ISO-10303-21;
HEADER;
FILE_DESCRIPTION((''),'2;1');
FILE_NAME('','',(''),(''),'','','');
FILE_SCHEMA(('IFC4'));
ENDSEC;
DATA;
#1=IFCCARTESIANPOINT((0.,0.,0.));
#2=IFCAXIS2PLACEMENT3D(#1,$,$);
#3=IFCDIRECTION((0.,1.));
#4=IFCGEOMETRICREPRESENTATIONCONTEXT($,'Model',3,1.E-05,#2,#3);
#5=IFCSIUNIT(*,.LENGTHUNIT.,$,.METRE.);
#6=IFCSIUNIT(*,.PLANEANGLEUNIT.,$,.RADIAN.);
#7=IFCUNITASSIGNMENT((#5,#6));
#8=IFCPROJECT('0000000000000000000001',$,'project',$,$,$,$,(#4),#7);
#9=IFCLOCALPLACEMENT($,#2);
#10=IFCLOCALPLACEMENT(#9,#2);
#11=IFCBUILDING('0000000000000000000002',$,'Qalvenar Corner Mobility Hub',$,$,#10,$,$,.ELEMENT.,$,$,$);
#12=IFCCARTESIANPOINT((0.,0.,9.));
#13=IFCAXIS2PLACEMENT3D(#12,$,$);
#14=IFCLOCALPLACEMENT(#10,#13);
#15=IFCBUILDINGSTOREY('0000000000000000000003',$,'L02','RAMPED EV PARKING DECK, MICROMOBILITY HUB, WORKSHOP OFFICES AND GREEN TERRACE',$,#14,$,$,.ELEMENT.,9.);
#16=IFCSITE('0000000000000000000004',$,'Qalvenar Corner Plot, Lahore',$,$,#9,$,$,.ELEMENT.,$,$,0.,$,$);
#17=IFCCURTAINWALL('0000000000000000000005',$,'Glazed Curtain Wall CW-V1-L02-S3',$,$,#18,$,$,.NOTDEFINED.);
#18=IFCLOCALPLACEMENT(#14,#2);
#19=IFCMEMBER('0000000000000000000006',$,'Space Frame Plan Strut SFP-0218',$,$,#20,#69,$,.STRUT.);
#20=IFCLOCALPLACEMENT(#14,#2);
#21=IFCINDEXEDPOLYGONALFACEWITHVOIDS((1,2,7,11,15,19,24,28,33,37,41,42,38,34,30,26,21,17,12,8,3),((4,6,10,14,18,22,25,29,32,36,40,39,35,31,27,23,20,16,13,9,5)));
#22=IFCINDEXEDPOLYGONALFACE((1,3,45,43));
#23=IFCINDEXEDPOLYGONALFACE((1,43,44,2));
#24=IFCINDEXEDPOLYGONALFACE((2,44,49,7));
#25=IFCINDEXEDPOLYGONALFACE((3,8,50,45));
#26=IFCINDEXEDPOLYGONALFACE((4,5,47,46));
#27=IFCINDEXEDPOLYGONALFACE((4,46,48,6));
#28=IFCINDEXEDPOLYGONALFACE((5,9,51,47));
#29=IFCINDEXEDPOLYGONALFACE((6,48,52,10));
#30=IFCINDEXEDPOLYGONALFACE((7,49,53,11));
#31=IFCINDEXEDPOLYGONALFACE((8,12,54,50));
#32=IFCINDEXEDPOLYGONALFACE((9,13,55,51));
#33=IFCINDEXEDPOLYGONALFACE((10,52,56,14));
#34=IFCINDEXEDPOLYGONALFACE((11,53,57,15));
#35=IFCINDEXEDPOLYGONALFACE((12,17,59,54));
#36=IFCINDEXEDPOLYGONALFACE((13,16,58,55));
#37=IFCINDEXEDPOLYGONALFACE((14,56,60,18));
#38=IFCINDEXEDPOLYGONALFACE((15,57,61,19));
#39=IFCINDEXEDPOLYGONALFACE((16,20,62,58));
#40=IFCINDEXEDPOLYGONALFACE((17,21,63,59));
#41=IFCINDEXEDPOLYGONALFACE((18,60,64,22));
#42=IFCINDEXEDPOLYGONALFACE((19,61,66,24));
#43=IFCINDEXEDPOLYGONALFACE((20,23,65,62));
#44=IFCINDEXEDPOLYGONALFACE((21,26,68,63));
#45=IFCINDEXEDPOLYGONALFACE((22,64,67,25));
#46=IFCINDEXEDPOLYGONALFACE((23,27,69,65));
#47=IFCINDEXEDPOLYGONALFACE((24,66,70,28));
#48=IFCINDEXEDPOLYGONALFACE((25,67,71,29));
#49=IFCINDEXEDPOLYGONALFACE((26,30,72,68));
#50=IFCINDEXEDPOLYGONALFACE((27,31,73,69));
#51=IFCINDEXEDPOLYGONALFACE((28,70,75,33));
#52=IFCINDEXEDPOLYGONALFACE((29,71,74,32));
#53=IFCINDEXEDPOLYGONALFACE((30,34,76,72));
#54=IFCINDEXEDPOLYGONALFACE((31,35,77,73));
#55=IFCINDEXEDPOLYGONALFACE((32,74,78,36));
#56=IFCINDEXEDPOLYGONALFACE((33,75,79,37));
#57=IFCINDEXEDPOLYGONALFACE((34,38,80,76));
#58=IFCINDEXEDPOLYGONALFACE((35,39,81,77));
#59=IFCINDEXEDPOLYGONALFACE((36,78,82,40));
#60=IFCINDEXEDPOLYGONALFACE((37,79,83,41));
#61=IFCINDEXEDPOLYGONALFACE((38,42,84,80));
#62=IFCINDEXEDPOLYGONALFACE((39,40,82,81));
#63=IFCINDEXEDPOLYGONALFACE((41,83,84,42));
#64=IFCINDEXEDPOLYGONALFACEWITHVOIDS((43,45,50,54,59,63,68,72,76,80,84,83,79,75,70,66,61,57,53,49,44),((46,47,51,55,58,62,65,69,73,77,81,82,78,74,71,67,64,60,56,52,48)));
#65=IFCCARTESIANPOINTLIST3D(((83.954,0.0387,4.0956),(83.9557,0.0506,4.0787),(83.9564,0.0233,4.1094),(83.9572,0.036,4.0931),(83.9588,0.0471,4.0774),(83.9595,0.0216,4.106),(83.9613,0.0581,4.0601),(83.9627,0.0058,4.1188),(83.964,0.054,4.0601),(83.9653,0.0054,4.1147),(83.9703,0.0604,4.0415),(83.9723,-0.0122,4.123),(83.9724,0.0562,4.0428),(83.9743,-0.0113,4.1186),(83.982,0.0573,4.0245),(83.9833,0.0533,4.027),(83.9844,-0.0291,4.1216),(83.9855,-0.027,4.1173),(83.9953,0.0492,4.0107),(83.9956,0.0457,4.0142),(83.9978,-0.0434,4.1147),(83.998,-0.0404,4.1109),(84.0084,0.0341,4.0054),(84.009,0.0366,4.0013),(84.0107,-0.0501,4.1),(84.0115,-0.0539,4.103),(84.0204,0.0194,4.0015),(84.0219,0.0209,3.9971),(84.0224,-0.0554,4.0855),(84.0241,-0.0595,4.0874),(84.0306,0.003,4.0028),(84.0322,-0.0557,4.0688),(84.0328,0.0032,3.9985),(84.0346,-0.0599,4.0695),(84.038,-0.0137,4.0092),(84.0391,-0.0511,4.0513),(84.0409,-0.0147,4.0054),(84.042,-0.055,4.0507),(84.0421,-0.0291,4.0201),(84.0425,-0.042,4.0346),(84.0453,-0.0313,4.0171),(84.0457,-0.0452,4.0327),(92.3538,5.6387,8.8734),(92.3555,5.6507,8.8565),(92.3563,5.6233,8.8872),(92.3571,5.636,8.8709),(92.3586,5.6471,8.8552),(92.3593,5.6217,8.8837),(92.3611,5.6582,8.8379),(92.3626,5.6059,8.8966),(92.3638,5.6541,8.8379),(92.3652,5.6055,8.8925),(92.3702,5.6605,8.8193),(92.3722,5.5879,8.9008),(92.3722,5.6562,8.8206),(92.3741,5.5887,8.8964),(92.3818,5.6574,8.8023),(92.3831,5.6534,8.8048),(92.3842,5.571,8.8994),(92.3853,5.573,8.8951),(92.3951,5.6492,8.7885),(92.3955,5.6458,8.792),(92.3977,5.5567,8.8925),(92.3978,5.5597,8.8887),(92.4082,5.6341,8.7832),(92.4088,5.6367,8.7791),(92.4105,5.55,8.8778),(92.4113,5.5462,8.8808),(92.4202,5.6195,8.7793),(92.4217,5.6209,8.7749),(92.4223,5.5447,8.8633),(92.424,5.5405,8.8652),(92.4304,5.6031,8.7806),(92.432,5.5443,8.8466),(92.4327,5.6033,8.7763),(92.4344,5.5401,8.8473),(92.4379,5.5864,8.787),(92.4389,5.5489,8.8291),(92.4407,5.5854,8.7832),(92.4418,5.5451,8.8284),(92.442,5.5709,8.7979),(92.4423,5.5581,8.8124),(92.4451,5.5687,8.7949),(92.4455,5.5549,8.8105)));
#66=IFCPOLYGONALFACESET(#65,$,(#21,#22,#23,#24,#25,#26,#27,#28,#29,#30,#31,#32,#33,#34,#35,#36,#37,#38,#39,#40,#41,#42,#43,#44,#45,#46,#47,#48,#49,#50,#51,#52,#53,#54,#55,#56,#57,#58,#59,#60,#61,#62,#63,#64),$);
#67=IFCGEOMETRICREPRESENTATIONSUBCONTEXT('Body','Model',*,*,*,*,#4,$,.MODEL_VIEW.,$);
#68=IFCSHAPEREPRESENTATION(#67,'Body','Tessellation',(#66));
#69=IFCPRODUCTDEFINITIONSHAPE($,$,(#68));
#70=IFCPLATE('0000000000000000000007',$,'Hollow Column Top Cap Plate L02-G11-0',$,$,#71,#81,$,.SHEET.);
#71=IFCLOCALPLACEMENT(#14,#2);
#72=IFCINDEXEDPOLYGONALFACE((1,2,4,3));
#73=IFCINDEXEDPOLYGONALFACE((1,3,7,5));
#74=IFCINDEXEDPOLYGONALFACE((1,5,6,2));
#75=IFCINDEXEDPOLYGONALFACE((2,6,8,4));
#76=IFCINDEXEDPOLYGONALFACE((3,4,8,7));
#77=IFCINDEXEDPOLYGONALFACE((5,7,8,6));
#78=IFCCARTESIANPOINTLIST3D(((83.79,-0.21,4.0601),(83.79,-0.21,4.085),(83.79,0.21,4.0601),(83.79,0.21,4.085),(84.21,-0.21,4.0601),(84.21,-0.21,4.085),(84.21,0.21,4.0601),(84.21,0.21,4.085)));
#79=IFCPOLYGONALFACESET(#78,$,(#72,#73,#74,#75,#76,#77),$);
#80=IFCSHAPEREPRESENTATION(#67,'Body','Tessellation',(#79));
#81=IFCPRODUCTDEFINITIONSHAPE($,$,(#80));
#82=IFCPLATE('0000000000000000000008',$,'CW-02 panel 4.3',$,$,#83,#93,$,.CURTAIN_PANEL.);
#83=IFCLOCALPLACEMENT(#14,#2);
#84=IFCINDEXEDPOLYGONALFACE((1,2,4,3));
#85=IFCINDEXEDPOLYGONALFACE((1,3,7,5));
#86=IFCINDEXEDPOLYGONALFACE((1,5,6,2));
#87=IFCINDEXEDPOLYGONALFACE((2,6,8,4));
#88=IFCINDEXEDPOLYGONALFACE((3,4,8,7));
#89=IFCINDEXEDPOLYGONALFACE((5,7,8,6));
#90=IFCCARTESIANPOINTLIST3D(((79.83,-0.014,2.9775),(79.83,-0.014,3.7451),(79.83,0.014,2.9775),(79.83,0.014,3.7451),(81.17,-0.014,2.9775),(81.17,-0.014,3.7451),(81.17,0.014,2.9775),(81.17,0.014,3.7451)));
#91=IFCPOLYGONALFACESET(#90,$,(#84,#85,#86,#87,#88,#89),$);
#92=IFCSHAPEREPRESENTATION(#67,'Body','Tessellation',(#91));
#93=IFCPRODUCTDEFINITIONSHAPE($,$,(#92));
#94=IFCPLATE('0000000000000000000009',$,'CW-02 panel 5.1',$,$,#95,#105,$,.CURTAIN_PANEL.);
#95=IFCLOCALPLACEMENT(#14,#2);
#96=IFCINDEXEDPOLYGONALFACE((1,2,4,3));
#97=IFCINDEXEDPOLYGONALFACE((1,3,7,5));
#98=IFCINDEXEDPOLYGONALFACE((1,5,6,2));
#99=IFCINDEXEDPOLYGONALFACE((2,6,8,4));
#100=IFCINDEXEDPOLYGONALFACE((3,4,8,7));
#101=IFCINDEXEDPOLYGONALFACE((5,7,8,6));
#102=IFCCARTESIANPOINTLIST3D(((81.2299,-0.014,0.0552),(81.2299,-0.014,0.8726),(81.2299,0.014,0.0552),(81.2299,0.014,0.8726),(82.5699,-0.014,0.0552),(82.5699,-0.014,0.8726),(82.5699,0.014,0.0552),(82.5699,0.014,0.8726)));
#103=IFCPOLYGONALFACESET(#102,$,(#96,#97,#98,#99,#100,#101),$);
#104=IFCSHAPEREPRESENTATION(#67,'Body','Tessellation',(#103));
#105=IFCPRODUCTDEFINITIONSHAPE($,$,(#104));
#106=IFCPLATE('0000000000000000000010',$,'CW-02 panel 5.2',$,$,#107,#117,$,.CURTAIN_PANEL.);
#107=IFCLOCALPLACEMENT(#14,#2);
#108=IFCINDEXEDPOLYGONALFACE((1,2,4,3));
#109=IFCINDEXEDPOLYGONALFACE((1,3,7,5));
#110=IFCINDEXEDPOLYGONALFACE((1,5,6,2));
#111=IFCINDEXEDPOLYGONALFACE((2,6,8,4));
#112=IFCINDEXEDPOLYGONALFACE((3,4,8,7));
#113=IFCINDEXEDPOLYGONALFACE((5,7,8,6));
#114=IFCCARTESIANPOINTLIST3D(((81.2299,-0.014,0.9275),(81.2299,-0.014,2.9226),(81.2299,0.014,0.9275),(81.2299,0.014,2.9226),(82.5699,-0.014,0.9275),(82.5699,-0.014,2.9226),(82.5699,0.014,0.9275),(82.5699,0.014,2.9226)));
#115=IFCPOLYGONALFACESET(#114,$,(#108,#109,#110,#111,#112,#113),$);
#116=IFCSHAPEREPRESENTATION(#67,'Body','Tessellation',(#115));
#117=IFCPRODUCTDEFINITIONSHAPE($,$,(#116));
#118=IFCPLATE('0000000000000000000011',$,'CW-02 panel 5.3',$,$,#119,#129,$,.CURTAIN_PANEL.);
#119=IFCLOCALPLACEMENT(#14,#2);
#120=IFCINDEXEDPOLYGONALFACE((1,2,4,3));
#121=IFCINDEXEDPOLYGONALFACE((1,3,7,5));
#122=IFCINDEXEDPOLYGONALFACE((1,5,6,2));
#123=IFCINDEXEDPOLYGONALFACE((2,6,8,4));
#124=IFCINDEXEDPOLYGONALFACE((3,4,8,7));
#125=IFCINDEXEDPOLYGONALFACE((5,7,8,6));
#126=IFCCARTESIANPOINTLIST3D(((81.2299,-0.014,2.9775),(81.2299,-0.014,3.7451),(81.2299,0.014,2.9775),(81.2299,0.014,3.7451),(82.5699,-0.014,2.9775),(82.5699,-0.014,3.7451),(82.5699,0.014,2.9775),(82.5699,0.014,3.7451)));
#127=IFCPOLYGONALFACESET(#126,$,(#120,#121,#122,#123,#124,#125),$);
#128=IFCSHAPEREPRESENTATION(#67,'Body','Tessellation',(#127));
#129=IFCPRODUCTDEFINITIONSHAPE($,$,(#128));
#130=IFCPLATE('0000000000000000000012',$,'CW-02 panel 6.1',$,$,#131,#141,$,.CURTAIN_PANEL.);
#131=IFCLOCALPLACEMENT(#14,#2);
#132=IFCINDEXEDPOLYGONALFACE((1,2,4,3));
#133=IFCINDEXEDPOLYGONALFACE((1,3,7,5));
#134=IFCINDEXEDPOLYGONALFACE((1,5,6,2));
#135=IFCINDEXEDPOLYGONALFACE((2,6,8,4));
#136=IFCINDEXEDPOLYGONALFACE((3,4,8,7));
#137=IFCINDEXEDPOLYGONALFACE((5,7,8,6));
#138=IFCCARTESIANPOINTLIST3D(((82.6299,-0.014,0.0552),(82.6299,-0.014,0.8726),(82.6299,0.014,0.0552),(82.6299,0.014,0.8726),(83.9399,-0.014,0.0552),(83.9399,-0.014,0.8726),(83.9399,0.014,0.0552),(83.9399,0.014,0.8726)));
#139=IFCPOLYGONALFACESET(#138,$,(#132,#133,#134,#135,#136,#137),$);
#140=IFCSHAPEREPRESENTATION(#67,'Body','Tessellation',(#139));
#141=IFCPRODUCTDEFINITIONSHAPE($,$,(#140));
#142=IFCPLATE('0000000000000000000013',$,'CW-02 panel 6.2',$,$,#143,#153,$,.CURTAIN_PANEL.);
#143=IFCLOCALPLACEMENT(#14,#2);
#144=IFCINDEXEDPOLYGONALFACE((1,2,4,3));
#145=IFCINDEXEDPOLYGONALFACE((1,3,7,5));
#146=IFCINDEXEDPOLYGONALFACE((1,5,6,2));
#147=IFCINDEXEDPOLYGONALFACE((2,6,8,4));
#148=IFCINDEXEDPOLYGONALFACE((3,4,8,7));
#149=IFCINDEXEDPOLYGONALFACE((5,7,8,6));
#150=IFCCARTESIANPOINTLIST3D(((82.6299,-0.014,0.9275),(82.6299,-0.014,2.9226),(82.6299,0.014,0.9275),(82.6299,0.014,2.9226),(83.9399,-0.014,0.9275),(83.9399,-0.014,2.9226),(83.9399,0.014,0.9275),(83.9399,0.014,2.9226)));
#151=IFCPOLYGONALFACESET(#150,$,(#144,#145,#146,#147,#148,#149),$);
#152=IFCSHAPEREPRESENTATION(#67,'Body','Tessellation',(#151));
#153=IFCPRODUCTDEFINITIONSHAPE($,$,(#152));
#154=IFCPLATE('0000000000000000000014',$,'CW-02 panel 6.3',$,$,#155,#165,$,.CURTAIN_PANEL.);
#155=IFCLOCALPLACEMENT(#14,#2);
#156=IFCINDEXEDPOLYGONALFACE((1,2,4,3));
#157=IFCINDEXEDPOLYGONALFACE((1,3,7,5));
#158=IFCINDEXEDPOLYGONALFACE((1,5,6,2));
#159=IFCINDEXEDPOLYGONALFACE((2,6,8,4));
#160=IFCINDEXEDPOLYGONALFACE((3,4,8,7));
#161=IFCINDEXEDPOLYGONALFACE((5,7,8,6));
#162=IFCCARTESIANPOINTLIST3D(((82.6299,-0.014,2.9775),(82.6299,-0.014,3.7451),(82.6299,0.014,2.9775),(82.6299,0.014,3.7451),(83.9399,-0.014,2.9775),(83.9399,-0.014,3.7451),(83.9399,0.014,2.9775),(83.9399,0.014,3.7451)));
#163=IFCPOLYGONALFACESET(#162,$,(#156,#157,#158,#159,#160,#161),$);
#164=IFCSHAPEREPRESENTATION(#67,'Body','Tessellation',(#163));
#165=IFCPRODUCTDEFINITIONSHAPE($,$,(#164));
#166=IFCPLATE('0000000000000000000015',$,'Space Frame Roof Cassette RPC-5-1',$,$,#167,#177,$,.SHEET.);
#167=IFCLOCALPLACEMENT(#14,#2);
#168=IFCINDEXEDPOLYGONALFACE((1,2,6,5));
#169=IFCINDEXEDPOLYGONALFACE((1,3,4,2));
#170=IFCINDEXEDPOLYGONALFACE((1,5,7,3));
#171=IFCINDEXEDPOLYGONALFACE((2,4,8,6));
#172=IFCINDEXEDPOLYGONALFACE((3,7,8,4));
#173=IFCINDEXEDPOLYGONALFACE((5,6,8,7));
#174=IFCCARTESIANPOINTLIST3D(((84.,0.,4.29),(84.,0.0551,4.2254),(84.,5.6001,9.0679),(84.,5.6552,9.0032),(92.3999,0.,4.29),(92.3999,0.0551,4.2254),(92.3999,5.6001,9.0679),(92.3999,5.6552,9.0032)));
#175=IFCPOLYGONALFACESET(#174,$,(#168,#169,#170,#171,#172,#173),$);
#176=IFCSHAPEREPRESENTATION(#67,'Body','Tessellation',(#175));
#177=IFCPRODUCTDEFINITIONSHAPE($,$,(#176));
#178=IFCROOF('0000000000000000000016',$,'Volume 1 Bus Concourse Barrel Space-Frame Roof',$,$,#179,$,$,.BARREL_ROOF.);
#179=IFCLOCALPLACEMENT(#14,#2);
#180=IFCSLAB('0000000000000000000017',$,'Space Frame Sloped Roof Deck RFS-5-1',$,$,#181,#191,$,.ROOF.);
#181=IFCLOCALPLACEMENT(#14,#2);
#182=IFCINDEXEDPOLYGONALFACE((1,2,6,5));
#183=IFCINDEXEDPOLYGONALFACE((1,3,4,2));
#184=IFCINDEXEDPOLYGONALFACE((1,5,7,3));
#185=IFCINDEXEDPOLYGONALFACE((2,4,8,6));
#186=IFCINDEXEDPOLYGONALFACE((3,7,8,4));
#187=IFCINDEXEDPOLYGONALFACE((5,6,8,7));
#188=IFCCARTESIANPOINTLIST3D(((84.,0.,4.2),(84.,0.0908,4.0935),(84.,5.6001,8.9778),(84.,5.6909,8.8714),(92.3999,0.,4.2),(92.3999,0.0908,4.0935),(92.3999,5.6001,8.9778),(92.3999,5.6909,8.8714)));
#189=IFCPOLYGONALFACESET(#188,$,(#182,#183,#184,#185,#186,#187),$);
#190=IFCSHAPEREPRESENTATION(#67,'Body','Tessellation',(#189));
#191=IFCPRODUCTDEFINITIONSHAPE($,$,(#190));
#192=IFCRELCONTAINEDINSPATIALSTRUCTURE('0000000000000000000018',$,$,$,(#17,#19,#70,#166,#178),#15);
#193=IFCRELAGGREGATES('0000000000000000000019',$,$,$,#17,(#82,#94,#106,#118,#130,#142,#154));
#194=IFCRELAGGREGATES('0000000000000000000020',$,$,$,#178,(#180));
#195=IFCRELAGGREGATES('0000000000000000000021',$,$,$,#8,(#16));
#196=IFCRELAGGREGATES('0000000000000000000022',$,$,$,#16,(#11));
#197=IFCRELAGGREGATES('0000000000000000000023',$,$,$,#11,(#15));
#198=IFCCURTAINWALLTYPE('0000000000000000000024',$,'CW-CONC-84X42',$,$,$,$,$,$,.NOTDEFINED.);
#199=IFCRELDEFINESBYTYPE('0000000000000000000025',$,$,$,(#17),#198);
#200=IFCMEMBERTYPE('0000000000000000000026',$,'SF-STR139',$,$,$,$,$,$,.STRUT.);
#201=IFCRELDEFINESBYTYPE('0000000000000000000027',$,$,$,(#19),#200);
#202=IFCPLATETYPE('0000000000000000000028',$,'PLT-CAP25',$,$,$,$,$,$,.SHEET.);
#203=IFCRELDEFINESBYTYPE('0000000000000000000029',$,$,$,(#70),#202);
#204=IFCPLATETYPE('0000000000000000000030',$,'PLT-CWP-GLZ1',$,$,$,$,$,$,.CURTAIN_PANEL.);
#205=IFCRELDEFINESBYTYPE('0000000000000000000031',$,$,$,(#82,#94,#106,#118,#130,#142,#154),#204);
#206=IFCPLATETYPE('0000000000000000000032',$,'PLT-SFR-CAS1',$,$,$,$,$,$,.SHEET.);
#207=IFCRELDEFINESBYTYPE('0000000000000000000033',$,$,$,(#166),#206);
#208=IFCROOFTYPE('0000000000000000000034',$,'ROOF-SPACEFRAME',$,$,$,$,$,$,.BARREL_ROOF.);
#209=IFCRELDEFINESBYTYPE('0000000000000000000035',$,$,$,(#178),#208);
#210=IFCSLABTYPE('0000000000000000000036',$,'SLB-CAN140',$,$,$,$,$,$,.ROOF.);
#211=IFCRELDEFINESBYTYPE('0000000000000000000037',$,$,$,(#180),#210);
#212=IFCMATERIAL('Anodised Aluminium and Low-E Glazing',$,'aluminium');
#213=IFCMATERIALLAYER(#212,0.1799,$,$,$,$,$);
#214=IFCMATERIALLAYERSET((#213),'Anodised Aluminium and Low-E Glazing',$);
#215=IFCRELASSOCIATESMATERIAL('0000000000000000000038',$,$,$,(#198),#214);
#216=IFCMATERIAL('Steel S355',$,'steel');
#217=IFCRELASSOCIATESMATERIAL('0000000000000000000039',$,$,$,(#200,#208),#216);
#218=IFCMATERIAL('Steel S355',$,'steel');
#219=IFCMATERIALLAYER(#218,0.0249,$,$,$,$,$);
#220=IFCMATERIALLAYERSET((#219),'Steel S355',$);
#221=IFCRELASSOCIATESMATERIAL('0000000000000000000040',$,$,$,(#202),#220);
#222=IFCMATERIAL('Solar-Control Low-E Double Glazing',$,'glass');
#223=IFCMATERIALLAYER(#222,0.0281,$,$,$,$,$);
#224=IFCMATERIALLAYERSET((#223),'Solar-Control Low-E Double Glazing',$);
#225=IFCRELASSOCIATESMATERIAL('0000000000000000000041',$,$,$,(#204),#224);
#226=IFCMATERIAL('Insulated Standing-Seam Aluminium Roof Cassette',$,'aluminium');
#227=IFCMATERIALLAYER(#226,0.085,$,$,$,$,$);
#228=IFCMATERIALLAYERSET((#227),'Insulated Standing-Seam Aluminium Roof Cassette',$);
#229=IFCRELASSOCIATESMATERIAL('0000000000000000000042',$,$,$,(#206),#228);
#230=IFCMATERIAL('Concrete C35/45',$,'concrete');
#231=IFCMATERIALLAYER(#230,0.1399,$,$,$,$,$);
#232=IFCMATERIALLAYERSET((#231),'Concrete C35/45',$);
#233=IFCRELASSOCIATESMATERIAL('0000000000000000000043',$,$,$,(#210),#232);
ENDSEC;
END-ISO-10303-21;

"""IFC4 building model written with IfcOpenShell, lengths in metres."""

from ifc_helpers import new_model, si_unit, direction, frame, origin, origin_2d, place, context, subcontext, project, spatial, polyline, rectangle, hollow_circle, outline, extrude, material, layer, layer_set, material_profile, profile_set, type_object, element, aggregate, save


model = new_model("IFC4")

# Units and contexts
model_context = context("Model", 3, precision=1e-05, world=origin(), true_north=direction((0.0, 1.0)))
body_context = subcontext(model_context, "Body", "Model", "MODEL_VIEW")
ifc_project = project(units=[si_unit("LENGTHUNIT", "METRE"), si_unit("PLANEANGLEUNIT", "RADIAN")], contexts=[model_context])

# Site, building, storey
site_placement = place(None, origin())
site = spatial("IfcSite", under=ifc_project, at=site_placement, Name="Qalvenar Corner Plot, Lahore", CompositionType="ELEMENT", RefElevation=0.0)
building_placement = place(site_placement, origin())
building = spatial("IfcBuilding", under=site, at=building_placement, Name="Qalvenar Corner Mobility Hub", CompositionType="ELEMENT")
storey_placement = place(building_placement, frame((0.0, 0.0, 9.0)))
storey = spatial("IfcBuildingStorey", under=building, at=storey_placement, Name="L02", Description="RAMPED EV PARKING DECK, MICROMOBILITY HUB, WORKSHOP OFFICES AND GREEN TERRACE", CompositionType="ELEMENT", Elevation=9.0)

# Curtain wall
ifc_material_1 = material(Name="Anodised Aluminium and Low-E Glazing", Category="aluminium")
ifc_layer_1 = layer(ifc_material_1, 0.1799)
ifc_layer_set_1 = layer_set([ifc_layer_1], Name="Anodised Aluminium and Low-E Glazing")
curtain_wall_type = type_object("IfcCurtainWallType", Name="CW-CONC-84X42", PredefinedType="NOTDEFINED", material=ifc_layer_set_1)
curtain_wall_1_placement = place(storey_placement, origin())
curtain_wall_1 = element("IfcCurtainWall", 1, at=curtain_wall_1_placement, inside=storey, type_object=curtain_wall_type, Name="Glazed Curtain Wall CW-V1-L02-S3", PredefinedType="NOTDEFINED")

# Member
ifc_material_2 = material(Name="Steel S355", Category="steel")
ifc_material_profile_1 = material_profile(ifc_material_2, hollow_circle(Radius=0.0698, WallThickness=0.0049, at=origin_2d()), Name="CHS139.7x5")
ifc_profile_set_1 = profile_set([ifc_material_profile_1], Name="Steel S355")
member_type_1 = type_object("IfcMemberType", Name="SF-STR139", PredefinedType="STRUT", material=ifc_profile_set_1)
member_1_placement = place(storey_placement, frame((84.0, 0.0, 4.0601), z_axis=(0.752071, 0.501395, 0.427775), x_axis=(-0.554711, 0.832043, 0.0)))
element("IfcMember", 2, at=member_1_placement, inside=storey, type_object=member_type_1, Name="Space Frame Plan Strut SFP-0218", PredefinedType="STRUT", context=body_context, shape_type="SweptSolid", body=[
    extrude(hollow_circle(Radius=0.0698, WallThickness=0.0049, at=origin_2d()), origin(), (0.0, 0.0, 1.0), 11.1689),
])

# Plates
ifc_material_3 = material(Name="Steel S355", Category="steel")
ifc_layer_2 = layer(ifc_material_3, 0.0249)
ifc_layer_set_2 = layer_set([ifc_layer_2], Name="Steel S355")
plate_type_1 = type_object("IfcPlateType", Name="PLT-CAP25", PredefinedType="SHEET", material=ifc_layer_set_2)
plate_1_placement = place(storey_placement, frame((84.0, 0.0, 4.0601), z_axis=(0.0, 0.0, 1.0), x_axis=(1.0, 0.0, 0.0)))
element("IfcPlate", 3, at=plate_1_placement, inside=storey, type_object=plate_type_1, Name="Hollow Column Top Cap Plate L02-G11-0", PredefinedType="SHEET", context=body_context, shape_type="SweptSolid", body=[
    extrude(rectangle(XDim=0.4199, YDim=0.4199, at=origin_2d()), origin(), (0.0, 0.0, 1.0), 0.0249),
])
ifc_material_4 = material(Name="Solar-Control Low-E Double Glazing", Category="glass")
ifc_layer_3 = layer(ifc_material_4, 0.0281)
ifc_layer_set_3 = layer_set([ifc_layer_3], Name="Solar-Control Low-E Double Glazing")
plate_type_2 = type_object("IfcPlateType", Name="PLT-CWP-GLZ1", PredefinedType="CURTAIN_PANEL", material=ifc_layer_set_3)
plate_2_placement = place(storey_placement, frame((80.5, 0.0, 2.9775), z_axis=(0.0, 0.0, 1.0), x_axis=(1.0, 0.0, 0.0)))
plate_2 = element("IfcPlate", 4, at=plate_2_placement, type_object=plate_type_2, Name="CW-02 panel 4.3", PredefinedType="CURTAIN_PANEL", context=body_context, shape_type="SweptSolid", body=[
    extrude(rectangle(XDim=1.3401, YDim=0.0281, at=origin_2d()), origin(), (0.0, 0.0, 1.0), 0.7676),
])
plate_3_placement = place(storey_placement, frame((81.8999, 0.0, 0.0552), z_axis=(0.0, 0.0, 1.0), x_axis=(1.0, 0.0, 0.0)))
plate_3 = element("IfcPlate", 5, at=plate_3_placement, type_object=plate_type_2, Name="CW-02 panel 5.1", PredefinedType="CURTAIN_PANEL", context=body_context, shape_type="SweptSolid", body=[
    extrude(rectangle(XDim=1.3401, YDim=0.0281, at=origin_2d()), origin(), (0.0, 0.0, 1.0), 0.8174),
])
plate_4_placement = place(storey_placement, frame((81.8999, 0.0, 0.9275), z_axis=(0.0, 0.0, 1.0), x_axis=(1.0, 0.0, 0.0)))
plate_4 = element("IfcPlate", 6, at=plate_4_placement, type_object=plate_type_2, Name="CW-02 panel 5.2", PredefinedType="CURTAIN_PANEL", context=body_context, shape_type="SweptSolid", body=[
    extrude(rectangle(XDim=1.3401, YDim=0.0281, at=origin_2d()), origin(), (0.0, 0.0, 1.0), 1.9951),
])
plate_5_placement = place(storey_placement, frame((81.8999, 0.0, 2.9775), z_axis=(0.0, 0.0, 1.0), x_axis=(1.0, 0.0, 0.0)))
plate_5 = element("IfcPlate", 7, at=plate_5_placement, type_object=plate_type_2, Name="CW-02 panel 5.3", PredefinedType="CURTAIN_PANEL", context=body_context, shape_type="SweptSolid", body=[
    extrude(rectangle(XDim=1.3401, YDim=0.0281, at=origin_2d()), origin(), (0.0, 0.0, 1.0), 0.7676),
])
plate_6_placement = place(storey_placement, frame((83.2849, 0.0, 0.0552), z_axis=(0.0, 0.0, 1.0), x_axis=(1.0, 0.0, 0.0)))
plate_6 = element("IfcPlate", 8, at=plate_6_placement, type_object=plate_type_2, Name="CW-02 panel 6.1", PredefinedType="CURTAIN_PANEL", context=body_context, shape_type="SweptSolid", body=[
    extrude(rectangle(XDim=1.3101, YDim=0.0281, at=origin_2d()), origin(), (0.0, 0.0, 1.0), 0.8174),
])
plate_7_placement = place(storey_placement, frame((83.2849, 0.0, 0.9275), z_axis=(0.0, 0.0, 1.0), x_axis=(1.0, 0.0, 0.0)))
plate_7 = element("IfcPlate", 9, at=plate_7_placement, type_object=plate_type_2, Name="CW-02 panel 6.2", PredefinedType="CURTAIN_PANEL", context=body_context, shape_type="SweptSolid", body=[
    extrude(rectangle(XDim=1.3101, YDim=0.0281, at=origin_2d()), origin(), (0.0, 0.0, 1.0), 1.9951),
])
plate_8_placement = place(storey_placement, frame((83.2849, 0.0, 2.9775), z_axis=(0.0, 0.0, 1.0), x_axis=(1.0, 0.0, 0.0)))
plate_8 = element("IfcPlate", 10, at=plate_8_placement, type_object=plate_type_2, Name="CW-02 panel 6.3", PredefinedType="CURTAIN_PANEL", context=body_context, shape_type="SweptSolid", body=[
    extrude(rectangle(XDim=1.3101, YDim=0.0281, at=origin_2d()), origin(), (0.0, 0.0, 1.0), 0.7676),
])
aggregate(curtain_wall_1, [plate_2, plate_3, plate_4, plate_5, plate_6, plate_7, plate_8])
ifc_material_5 = material(Name="Insulated Standing-Seam Aluminium Roof Cassette", Category="aluminium")
ifc_layer_4 = layer(ifc_material_5, 0.085)
ifc_layer_set_4 = layer_set([ifc_layer_4], Name="Insulated Standing-Seam Aluminium Roof Cassette")
plate_type_3 = type_object("IfcPlateType", Name="PLT-SFR-CAS1", PredefinedType="SHEET", material=ifc_layer_set_4)
plate_9_placement = place(storey_placement, frame((84.0, 0.0, 4.29), z_axis=(0.0, -0.649047, 0.760748), x_axis=(1.0, 0.0, 0.0)))
element("IfcPlate", 11, at=plate_9_placement, inside=storey, type_object=plate_type_3, Name="Space Frame Roof Cassette RPC-5-1", PredefinedType="SHEET", context=body_context, shape_type="SweptSolid", body=[
    extrude(outline(polyline([(0.0, 0.0), (8.3999, 0.0), (8.3999, 7.3613), (0.0, 7.3613), (0.0, 0.0)])), origin(), (0.0, 0.0, -1.0), 0.085),
])

# Roof, slab
roof_type = type_object("IfcRoofType", Name="ROOF-SPACEFRAME", PredefinedType="BARREL_ROOF", material=ifc_material_2)
roof_placement = place(storey_placement, origin())
roof = element("IfcRoof", 12, at=roof_placement, inside=storey, type_object=roof_type, Name="Volume 1 Bus Concourse Barrel Space-Frame Roof", PredefinedType="BARREL_ROOF")
ifc_material_6 = material(Name="Concrete C35/45", Category="concrete")
ifc_layer_5 = layer(ifc_material_6, 0.1399)
ifc_layer_set_5 = layer_set([ifc_layer_5], Name="Concrete C35/45")
slab_type = type_object("IfcSlabType", Name="SLB-CAN140", PredefinedType="ROOF", material=ifc_layer_set_5)
slab_placement = place(storey_placement, frame((84.0, 0.0, 4.2), z_axis=(0.0, -0.649047, 0.760748), x_axis=(1.0, 0.0, 0.0)))
slab = element("IfcSlab", 13, at=slab_placement, type_object=slab_type, Name="Space Frame Sloped Roof Deck RFS-5-1", PredefinedType="ROOF", context=body_context, shape_type="SweptSolid", body=[
    extrude(outline(polyline([(0.0, 0.0), (8.3999, 0.0), (8.3999, 7.3613), (0.0, 7.3613), (0.0, 0.0)])), origin(), (0.0, 0.0, -1.0), 0.1399),
])
aggregate(roof, [slab])

save(model, "model.ifc")
